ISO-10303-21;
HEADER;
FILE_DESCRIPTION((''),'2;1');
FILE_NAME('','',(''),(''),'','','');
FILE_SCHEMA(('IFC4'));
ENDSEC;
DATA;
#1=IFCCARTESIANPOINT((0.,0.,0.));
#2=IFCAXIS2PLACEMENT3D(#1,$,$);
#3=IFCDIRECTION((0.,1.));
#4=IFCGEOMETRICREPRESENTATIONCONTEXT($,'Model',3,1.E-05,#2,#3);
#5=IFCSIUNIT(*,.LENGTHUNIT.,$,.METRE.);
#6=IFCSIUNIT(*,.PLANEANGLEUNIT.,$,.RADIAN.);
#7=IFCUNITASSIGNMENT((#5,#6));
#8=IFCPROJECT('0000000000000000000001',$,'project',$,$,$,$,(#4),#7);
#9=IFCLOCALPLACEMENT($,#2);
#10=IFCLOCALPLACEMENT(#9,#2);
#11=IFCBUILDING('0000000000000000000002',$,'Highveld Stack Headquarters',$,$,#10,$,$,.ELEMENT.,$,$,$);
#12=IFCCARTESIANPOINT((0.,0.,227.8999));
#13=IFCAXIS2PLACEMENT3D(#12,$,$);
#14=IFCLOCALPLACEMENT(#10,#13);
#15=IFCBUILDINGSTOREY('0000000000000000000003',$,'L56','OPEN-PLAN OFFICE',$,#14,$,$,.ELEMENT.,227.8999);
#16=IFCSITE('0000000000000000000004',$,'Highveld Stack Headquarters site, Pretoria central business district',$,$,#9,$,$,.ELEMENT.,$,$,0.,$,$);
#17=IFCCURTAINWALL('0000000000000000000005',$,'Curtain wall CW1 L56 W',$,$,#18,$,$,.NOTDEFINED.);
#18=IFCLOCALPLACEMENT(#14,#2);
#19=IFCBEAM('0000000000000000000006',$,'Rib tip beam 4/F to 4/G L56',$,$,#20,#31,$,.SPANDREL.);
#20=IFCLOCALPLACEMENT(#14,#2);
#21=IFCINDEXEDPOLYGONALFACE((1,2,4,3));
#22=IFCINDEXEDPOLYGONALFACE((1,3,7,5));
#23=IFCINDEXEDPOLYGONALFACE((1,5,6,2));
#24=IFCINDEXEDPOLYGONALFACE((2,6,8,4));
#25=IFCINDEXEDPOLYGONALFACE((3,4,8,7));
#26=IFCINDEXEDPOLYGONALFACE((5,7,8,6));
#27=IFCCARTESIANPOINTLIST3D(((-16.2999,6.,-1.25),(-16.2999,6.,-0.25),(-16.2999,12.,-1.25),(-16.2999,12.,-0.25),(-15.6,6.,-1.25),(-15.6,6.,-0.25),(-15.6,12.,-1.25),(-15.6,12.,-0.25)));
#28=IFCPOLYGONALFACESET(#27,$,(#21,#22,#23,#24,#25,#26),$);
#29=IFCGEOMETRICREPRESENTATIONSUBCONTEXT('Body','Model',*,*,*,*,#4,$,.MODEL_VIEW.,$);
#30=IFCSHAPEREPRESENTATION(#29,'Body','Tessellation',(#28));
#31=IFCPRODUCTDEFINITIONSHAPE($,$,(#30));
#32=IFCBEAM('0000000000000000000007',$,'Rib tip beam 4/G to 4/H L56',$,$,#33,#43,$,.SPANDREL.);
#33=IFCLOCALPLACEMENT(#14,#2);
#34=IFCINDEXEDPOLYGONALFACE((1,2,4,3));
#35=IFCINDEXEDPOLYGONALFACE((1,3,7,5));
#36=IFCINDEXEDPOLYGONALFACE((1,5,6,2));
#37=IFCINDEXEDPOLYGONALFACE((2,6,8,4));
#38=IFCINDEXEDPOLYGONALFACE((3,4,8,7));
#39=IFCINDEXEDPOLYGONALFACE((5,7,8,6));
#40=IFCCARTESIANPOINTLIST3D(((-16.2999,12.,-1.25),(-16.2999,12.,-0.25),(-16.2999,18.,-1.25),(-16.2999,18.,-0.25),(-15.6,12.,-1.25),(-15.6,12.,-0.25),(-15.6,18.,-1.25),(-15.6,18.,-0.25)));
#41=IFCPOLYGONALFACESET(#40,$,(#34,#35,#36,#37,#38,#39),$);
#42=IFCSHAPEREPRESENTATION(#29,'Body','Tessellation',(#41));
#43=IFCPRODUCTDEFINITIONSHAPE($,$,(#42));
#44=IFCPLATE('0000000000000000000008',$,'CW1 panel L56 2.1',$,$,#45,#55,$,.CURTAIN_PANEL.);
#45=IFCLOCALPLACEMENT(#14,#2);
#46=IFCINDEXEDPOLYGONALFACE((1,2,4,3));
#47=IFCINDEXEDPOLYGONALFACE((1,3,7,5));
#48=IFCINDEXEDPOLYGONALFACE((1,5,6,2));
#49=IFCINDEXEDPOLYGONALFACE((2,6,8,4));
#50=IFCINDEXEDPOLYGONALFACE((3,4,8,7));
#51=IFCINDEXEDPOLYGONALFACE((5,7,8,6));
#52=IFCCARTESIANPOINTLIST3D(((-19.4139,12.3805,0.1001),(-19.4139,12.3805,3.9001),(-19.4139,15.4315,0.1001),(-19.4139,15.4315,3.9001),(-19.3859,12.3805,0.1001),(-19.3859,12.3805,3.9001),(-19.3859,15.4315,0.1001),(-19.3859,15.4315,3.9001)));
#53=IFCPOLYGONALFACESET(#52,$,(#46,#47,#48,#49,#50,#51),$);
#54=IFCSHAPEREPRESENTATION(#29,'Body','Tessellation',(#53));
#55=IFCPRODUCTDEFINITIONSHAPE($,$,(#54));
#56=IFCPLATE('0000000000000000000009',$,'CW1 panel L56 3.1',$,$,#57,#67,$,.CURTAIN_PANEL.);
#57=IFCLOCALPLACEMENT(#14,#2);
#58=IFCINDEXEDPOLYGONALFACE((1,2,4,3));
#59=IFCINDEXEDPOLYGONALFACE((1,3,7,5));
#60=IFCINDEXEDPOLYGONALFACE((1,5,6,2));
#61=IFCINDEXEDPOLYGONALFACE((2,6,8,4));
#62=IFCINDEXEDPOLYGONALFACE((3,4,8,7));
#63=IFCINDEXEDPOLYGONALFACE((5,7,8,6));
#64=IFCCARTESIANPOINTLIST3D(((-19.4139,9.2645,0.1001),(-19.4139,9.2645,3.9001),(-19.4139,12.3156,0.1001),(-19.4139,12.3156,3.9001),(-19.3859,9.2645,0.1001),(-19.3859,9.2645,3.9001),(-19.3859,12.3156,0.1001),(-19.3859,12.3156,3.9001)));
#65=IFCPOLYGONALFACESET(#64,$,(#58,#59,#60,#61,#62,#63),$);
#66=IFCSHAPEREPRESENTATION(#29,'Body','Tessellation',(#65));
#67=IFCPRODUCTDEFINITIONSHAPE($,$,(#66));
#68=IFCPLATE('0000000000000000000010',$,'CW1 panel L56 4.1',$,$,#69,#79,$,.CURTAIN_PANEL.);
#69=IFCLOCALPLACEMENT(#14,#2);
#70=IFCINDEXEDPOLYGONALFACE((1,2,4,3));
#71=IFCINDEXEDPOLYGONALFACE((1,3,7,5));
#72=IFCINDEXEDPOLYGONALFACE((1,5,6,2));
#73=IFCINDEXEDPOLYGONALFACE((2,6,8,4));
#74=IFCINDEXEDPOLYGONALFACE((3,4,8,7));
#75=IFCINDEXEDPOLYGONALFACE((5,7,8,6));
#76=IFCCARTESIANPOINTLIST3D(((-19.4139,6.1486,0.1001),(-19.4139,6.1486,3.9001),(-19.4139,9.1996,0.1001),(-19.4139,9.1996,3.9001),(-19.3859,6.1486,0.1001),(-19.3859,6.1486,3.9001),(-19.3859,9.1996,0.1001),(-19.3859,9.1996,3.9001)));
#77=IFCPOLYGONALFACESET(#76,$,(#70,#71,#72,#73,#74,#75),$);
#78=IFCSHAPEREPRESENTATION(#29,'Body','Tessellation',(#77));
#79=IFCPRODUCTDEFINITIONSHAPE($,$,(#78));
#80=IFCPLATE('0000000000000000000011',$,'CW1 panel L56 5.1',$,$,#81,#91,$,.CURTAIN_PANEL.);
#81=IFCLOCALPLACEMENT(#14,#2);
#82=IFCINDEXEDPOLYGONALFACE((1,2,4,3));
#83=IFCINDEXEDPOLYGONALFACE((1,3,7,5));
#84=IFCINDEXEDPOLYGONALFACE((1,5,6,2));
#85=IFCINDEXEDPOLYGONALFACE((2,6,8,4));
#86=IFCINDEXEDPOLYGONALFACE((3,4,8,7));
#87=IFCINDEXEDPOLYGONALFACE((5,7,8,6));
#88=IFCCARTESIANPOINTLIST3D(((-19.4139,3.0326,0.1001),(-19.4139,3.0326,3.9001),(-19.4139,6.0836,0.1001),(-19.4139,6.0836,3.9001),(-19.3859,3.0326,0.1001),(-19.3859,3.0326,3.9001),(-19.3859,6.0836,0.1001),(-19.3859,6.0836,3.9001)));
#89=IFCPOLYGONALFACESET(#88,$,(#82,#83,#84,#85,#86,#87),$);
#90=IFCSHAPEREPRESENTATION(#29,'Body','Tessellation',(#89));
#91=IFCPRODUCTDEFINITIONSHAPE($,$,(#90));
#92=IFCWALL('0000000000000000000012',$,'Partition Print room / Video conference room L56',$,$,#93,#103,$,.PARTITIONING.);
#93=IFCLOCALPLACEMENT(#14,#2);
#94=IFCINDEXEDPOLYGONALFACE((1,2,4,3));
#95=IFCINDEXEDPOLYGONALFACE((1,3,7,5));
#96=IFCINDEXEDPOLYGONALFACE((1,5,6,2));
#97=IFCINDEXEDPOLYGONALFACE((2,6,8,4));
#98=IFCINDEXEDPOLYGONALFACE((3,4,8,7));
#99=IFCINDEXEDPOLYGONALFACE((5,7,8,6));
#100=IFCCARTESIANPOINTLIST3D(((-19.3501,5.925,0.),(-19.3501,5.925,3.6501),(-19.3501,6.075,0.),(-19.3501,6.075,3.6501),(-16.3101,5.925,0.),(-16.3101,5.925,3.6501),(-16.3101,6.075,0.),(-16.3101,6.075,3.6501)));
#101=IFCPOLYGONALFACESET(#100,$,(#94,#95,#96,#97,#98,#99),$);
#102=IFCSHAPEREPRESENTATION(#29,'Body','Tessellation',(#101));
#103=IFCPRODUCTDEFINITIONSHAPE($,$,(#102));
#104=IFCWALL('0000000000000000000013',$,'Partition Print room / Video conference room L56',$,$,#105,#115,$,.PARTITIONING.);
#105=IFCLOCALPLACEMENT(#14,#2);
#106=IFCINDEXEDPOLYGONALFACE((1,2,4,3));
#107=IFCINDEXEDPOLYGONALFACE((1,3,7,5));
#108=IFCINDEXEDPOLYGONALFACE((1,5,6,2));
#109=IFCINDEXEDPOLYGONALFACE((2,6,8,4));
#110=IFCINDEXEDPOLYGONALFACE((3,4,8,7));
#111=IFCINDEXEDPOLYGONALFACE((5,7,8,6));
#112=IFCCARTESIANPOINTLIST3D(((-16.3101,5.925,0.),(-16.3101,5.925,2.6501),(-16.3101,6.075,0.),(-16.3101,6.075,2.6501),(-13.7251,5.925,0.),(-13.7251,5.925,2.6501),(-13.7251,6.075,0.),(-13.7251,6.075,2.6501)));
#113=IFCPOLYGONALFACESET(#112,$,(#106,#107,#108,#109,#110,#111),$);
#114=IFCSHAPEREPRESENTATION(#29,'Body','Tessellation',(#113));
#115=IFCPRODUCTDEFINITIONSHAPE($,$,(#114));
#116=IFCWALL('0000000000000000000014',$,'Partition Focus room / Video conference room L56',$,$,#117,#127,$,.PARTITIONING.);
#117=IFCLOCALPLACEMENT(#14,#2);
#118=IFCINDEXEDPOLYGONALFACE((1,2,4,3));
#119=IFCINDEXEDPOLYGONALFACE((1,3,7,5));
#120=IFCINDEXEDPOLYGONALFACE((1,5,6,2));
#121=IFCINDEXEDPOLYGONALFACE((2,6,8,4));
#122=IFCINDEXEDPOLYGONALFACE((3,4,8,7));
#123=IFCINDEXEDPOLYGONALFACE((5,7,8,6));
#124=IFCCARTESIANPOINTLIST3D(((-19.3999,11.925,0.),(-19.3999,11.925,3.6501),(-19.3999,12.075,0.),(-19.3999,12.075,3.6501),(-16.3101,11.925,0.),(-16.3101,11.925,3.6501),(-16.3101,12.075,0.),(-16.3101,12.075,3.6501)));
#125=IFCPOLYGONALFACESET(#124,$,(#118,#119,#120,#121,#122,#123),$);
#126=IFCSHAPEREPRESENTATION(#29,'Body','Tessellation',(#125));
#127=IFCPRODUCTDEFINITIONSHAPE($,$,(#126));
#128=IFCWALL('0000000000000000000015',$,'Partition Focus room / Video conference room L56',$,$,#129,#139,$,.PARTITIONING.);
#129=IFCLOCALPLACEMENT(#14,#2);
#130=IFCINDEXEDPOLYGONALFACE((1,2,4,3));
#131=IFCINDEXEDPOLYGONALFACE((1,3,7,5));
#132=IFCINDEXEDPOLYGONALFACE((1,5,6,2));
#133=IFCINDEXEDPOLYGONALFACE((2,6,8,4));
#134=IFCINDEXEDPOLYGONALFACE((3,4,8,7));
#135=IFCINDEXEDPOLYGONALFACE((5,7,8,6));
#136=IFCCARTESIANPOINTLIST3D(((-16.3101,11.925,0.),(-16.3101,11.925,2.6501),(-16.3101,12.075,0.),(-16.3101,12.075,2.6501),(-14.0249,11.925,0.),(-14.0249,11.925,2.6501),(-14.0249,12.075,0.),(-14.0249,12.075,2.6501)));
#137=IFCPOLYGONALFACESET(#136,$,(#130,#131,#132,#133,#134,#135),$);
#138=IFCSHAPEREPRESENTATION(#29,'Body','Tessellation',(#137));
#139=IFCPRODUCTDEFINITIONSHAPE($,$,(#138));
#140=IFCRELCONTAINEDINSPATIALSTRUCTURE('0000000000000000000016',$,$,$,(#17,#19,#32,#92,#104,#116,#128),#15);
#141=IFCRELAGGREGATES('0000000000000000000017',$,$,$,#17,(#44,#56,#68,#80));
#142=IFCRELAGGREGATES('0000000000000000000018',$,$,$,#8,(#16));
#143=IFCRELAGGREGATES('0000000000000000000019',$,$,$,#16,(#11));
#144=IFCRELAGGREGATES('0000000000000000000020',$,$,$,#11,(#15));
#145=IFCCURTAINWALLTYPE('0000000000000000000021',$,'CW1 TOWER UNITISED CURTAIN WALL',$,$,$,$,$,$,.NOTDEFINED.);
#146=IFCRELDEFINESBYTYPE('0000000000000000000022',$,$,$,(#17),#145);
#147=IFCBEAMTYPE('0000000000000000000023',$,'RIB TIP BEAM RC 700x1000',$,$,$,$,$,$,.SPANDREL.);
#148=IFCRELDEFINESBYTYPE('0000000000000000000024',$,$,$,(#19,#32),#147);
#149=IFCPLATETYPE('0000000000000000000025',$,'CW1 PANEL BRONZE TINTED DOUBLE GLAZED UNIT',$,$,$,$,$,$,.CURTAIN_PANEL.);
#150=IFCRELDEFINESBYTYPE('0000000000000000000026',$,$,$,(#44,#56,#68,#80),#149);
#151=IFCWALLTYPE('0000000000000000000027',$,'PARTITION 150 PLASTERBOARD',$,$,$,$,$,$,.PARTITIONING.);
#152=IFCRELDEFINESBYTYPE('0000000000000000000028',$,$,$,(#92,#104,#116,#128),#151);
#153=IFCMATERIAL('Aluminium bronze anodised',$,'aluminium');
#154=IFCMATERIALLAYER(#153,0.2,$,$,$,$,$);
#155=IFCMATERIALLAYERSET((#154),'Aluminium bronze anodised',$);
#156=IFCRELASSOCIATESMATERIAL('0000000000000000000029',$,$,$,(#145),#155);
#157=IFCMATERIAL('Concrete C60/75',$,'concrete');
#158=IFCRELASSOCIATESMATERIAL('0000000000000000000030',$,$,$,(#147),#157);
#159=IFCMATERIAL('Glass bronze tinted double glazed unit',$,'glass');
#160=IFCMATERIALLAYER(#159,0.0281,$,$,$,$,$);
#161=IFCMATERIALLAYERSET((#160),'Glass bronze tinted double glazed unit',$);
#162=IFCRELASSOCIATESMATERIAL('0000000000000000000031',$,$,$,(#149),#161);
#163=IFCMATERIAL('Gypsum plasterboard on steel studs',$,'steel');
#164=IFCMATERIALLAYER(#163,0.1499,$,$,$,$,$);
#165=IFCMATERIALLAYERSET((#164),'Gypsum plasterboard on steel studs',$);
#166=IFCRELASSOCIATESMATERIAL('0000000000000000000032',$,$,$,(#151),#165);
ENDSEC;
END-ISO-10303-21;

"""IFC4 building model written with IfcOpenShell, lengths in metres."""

from ifc_helpers import new_model, si_unit, direction, frame, frame_2d, origin, origin_2d, place, context, subcontext, project, spatial, rectangle, extrude, material, layer, layer_set, material_profile, profile_set, type_object, element, aggregate, save


model = new_model("IFC4")

# Units and contexts
model_context = context("Model", 3, precision=1e-05, world=origin(), true_north=direction((0.0, 1.0)))
body_context = subcontext(model_context, "Body", "Model", "MODEL_VIEW")
ifc_project = project(units=[si_unit("LENGTHUNIT", "METRE"), si_unit("PLANEANGLEUNIT", "RADIAN")], contexts=[model_context])

# Site, building, storey
site_placement = place(None, origin())
site = spatial("IfcSite", under=ifc_project, at=site_placement, Name="Highveld Stack Headquarters site, Pretoria central business district", CompositionType="ELEMENT", RefElevation=0.0)
building_placement = place(site_placement, origin())
building = spatial("IfcBuilding", under=site, at=building_placement, Name="Highveld Stack Headquarters", CompositionType="ELEMENT")
storey_placement = place(building_placement, frame((0.0, 0.0, 227.8999)))
storey = spatial("IfcBuildingStorey", under=building, at=storey_placement, Name="L56", Description="OPEN-PLAN OFFICE", CompositionType="ELEMENT", Elevation=227.8999)

# Curtain wall
ifc_material_1 = material(Name="Aluminium bronze anodised", Category="aluminium")
ifc_layer_1 = layer(ifc_material_1, 0.2)
ifc_layer_set_1 = layer_set([ifc_layer_1], Name="Aluminium bronze anodised")
curtain_wall_type = type_object("IfcCurtainWallType", Name="CW1 TOWER UNITISED CURTAIN WALL", PredefinedType="NOTDEFINED", material=ifc_layer_set_1)
curtain_wall_placement = place(storey_placement, origin())
curtain_wall = element("IfcCurtainWall", 1, at=curtain_wall_placement, inside=storey, type_object=curtain_wall_type, Name="Curtain wall CW1 L56 W", PredefinedType="NOTDEFINED")

# Beams
ifc_material_2 = material(Name="Concrete C60/75", Category="concrete")
ifc_material_profile_1 = material_profile(ifc_material_2, rectangle(XDim=0.7, YDim=1.0, at=origin_2d()), Name="RC 700x1000")
ifc_profile_set_1 = profile_set([ifc_material_profile_1], Name="Concrete C60/75")
beam_type = type_object("IfcBeamType", Name="RIB TIP BEAM RC 700x1000", PredefinedType="SPANDREL", material=ifc_profile_set_1)
for number, where, z_axis, x_axis, name in (
    (2, (-15.95, 6.0, -0.75), (0.0, 1.0, 0.0), (-1.0, 0.0, 0.0), "Rib tip beam 4/F to 4/G L56"),
    (3, (-15.95, 12.0, -0.75), (0.0, 1.0, 0.0), (-1.0, 0.0, 0.0), "Rib tip beam 4/G to 4/H L56"),
):
    element("IfcBeam", number, at=place(storey_placement, frame(where, z_axis=z_axis, x_axis=x_axis)), inside=storey, type_object=beam_type, Name=name, PredefinedType="SPANDREL", context=body_context, shape_type="SweptSolid", body=[
        extrude(rectangle(XDim=0.7, YDim=1.0, at=origin_2d()), origin(), (0.0, 0.0, 1.0), 6.0),
    ])

# Plates
ifc_material_3 = material(Name="Glass bronze tinted double glazed unit", Category="glass")
ifc_layer_2 = layer(ifc_material_3, 0.0281)
ifc_layer_set_2 = layer_set([ifc_layer_2], Name="Glass bronze tinted double glazed unit")
plate_type = type_object("IfcPlateType", Name="CW1 PANEL BRONZE TINTED DOUBLE GLAZED UNIT", PredefinedType="CURTAIN_PANEL", material=ifc_layer_set_2)
plate_1_placement = place(storey_placement, frame((-19.3999, 13.906, 0.1001), z_axis=(0.0, 0.0, 1.0), x_axis=(0.0, -1.0, 0.0)))
plate_1 = element("IfcPlate", 4, at=plate_1_placement, type_object=plate_type, Name="CW1 panel L56 2.1", PredefinedType="CURTAIN_PANEL", context=body_context, shape_type="SweptSolid", body=[
    extrude(rectangle(XDim=3.051, YDim=0.0281, at=origin_2d()), origin(), (0.0, 0.0, 1.0), 3.8),
])
plate_2_placement = place(storey_placement, frame((-19.3999, 10.79, 0.1001), z_axis=(0.0, 0.0, 1.0), x_axis=(0.0, -1.0, 0.0)))
plate_2 = element("IfcPlate", 5, at=plate_2_placement, type_object=plate_type, Name="CW1 panel L56 3.1", PredefinedType="CURTAIN_PANEL", context=body_context, shape_type="SweptSolid", body=[
    extrude(rectangle(XDim=3.051, YDim=0.0281, at=origin_2d()), origin(), (0.0, 0.0, 1.0), 3.8),
])
plate_3_placement = place(storey_placement, frame((-19.3999, 7.6741, 0.1001), z_axis=(0.0, 0.0, 1.0), x_axis=(0.0, -1.0, 0.0)))
plate_3 = element("IfcPlate", 6, at=plate_3_placement, type_object=plate_type, Name="CW1 panel L56 4.1", PredefinedType="CURTAIN_PANEL", context=body_context, shape_type="SweptSolid", body=[
    extrude(rectangle(XDim=3.051, YDim=0.0281, at=origin_2d()), origin(), (0.0, 0.0, 1.0), 3.8),
])
plate_4_placement = place(storey_placement, frame((-19.3999, 4.5581, 0.1001), z_axis=(0.0, 0.0, 1.0), x_axis=(0.0, -1.0, 0.0)))
plate_4 = element("IfcPlate", 7, at=plate_4_placement, type_object=plate_type, Name="CW1 panel L56 5.1", PredefinedType="CURTAIN_PANEL", context=body_context, shape_type="SweptSolid", body=[
    extrude(rectangle(XDim=3.051, YDim=0.0281, at=origin_2d()), origin(), (0.0, 0.0, 1.0), 3.8),
])
aggregate(curtain_wall, [plate_1, plate_2, plate_3, plate_4])

# Walls
ifc_material_4 = material(Name="Gypsum plasterboard on steel studs", Category="steel")
ifc_layer_3 = layer(ifc_material_4, 0.1499)
ifc_layer_set_3 = layer_set([ifc_layer_3], Name="Gypsum plasterboard on steel studs")
wall_type = type_object("IfcWallType", Name="PARTITION 150 PLASTERBOARD", PredefinedType="PARTITIONING", material=ifc_layer_set_3)
wall_1_placement = place(storey_placement, frame((-19.3501, 6.0, 0.0), z_axis=(0.0, 0.0, 1.0), x_axis=(1.0, 0.0, 0.0)))
element("IfcWall", 8, at=wall_1_placement, inside=storey, type_object=wall_type, Name="Partition Print room / Video conference room L56", PredefinedType="PARTITIONING", context=body_context, shape_type="SweptSolid", body=[
    extrude(rectangle(XDim=3.04, YDim=0.1499, at=frame_2d((1.52, 0.0))), origin(), (0.0, 0.0, 1.0), 3.6501),
])
wall_2_placement = place(storey_placement, frame((-16.3101, 6.0, 0.0), z_axis=(0.0, 0.0, 1.0), x_axis=(1.0, 0.0, 0.0)))
element("IfcWall", 9, at=wall_2_placement, inside=storey, type_object=wall_type, Name="Partition Print room / Video conference room L56", PredefinedType="PARTITIONING", context=body_context, shape_type="SweptSolid", body=[
    extrude(rectangle(XDim=2.585, YDim=0.1499, at=frame_2d((1.2925, 0.0))), origin(), (0.0, 0.0, 1.0), 2.6501),
])
wall_3_placement = place(storey_placement, frame((-19.3999, 12.0, 0.0), z_axis=(0.0, 0.0, 1.0), x_axis=(1.0, 0.0, 0.0)))
element("IfcWall", 10, at=wall_3_placement, inside=storey, type_object=wall_type, Name="Partition Focus room / Video conference room L56", PredefinedType="PARTITIONING", context=body_context, shape_type="SweptSolid", body=[
    extrude(rectangle(XDim=3.0898, YDim=0.1499, at=frame_2d((1.5449, 0.0))), origin(), (0.0, 0.0, 1.0), 3.6501),
])
wall_4_placement = place(storey_placement, frame((-16.3101, 12.0, 0.0), z_axis=(0.0, 0.0, 1.0), x_axis=(1.0, 0.0, 0.0)))
element("IfcWall", 11, at=wall_4_placement, inside=storey, type_object=wall_type, Name="Partition Focus room / Video conference room L56", PredefinedType="PARTITIONING", context=body_context, shape_type="SweptSolid", body=[
    extrude(rectangle(XDim=2.2852, YDim=0.1499, at=frame_2d((1.1426, 0.0))), origin(), (0.0, 0.0, 1.0), 2.6501),
])

save(model, "model.ifc")
